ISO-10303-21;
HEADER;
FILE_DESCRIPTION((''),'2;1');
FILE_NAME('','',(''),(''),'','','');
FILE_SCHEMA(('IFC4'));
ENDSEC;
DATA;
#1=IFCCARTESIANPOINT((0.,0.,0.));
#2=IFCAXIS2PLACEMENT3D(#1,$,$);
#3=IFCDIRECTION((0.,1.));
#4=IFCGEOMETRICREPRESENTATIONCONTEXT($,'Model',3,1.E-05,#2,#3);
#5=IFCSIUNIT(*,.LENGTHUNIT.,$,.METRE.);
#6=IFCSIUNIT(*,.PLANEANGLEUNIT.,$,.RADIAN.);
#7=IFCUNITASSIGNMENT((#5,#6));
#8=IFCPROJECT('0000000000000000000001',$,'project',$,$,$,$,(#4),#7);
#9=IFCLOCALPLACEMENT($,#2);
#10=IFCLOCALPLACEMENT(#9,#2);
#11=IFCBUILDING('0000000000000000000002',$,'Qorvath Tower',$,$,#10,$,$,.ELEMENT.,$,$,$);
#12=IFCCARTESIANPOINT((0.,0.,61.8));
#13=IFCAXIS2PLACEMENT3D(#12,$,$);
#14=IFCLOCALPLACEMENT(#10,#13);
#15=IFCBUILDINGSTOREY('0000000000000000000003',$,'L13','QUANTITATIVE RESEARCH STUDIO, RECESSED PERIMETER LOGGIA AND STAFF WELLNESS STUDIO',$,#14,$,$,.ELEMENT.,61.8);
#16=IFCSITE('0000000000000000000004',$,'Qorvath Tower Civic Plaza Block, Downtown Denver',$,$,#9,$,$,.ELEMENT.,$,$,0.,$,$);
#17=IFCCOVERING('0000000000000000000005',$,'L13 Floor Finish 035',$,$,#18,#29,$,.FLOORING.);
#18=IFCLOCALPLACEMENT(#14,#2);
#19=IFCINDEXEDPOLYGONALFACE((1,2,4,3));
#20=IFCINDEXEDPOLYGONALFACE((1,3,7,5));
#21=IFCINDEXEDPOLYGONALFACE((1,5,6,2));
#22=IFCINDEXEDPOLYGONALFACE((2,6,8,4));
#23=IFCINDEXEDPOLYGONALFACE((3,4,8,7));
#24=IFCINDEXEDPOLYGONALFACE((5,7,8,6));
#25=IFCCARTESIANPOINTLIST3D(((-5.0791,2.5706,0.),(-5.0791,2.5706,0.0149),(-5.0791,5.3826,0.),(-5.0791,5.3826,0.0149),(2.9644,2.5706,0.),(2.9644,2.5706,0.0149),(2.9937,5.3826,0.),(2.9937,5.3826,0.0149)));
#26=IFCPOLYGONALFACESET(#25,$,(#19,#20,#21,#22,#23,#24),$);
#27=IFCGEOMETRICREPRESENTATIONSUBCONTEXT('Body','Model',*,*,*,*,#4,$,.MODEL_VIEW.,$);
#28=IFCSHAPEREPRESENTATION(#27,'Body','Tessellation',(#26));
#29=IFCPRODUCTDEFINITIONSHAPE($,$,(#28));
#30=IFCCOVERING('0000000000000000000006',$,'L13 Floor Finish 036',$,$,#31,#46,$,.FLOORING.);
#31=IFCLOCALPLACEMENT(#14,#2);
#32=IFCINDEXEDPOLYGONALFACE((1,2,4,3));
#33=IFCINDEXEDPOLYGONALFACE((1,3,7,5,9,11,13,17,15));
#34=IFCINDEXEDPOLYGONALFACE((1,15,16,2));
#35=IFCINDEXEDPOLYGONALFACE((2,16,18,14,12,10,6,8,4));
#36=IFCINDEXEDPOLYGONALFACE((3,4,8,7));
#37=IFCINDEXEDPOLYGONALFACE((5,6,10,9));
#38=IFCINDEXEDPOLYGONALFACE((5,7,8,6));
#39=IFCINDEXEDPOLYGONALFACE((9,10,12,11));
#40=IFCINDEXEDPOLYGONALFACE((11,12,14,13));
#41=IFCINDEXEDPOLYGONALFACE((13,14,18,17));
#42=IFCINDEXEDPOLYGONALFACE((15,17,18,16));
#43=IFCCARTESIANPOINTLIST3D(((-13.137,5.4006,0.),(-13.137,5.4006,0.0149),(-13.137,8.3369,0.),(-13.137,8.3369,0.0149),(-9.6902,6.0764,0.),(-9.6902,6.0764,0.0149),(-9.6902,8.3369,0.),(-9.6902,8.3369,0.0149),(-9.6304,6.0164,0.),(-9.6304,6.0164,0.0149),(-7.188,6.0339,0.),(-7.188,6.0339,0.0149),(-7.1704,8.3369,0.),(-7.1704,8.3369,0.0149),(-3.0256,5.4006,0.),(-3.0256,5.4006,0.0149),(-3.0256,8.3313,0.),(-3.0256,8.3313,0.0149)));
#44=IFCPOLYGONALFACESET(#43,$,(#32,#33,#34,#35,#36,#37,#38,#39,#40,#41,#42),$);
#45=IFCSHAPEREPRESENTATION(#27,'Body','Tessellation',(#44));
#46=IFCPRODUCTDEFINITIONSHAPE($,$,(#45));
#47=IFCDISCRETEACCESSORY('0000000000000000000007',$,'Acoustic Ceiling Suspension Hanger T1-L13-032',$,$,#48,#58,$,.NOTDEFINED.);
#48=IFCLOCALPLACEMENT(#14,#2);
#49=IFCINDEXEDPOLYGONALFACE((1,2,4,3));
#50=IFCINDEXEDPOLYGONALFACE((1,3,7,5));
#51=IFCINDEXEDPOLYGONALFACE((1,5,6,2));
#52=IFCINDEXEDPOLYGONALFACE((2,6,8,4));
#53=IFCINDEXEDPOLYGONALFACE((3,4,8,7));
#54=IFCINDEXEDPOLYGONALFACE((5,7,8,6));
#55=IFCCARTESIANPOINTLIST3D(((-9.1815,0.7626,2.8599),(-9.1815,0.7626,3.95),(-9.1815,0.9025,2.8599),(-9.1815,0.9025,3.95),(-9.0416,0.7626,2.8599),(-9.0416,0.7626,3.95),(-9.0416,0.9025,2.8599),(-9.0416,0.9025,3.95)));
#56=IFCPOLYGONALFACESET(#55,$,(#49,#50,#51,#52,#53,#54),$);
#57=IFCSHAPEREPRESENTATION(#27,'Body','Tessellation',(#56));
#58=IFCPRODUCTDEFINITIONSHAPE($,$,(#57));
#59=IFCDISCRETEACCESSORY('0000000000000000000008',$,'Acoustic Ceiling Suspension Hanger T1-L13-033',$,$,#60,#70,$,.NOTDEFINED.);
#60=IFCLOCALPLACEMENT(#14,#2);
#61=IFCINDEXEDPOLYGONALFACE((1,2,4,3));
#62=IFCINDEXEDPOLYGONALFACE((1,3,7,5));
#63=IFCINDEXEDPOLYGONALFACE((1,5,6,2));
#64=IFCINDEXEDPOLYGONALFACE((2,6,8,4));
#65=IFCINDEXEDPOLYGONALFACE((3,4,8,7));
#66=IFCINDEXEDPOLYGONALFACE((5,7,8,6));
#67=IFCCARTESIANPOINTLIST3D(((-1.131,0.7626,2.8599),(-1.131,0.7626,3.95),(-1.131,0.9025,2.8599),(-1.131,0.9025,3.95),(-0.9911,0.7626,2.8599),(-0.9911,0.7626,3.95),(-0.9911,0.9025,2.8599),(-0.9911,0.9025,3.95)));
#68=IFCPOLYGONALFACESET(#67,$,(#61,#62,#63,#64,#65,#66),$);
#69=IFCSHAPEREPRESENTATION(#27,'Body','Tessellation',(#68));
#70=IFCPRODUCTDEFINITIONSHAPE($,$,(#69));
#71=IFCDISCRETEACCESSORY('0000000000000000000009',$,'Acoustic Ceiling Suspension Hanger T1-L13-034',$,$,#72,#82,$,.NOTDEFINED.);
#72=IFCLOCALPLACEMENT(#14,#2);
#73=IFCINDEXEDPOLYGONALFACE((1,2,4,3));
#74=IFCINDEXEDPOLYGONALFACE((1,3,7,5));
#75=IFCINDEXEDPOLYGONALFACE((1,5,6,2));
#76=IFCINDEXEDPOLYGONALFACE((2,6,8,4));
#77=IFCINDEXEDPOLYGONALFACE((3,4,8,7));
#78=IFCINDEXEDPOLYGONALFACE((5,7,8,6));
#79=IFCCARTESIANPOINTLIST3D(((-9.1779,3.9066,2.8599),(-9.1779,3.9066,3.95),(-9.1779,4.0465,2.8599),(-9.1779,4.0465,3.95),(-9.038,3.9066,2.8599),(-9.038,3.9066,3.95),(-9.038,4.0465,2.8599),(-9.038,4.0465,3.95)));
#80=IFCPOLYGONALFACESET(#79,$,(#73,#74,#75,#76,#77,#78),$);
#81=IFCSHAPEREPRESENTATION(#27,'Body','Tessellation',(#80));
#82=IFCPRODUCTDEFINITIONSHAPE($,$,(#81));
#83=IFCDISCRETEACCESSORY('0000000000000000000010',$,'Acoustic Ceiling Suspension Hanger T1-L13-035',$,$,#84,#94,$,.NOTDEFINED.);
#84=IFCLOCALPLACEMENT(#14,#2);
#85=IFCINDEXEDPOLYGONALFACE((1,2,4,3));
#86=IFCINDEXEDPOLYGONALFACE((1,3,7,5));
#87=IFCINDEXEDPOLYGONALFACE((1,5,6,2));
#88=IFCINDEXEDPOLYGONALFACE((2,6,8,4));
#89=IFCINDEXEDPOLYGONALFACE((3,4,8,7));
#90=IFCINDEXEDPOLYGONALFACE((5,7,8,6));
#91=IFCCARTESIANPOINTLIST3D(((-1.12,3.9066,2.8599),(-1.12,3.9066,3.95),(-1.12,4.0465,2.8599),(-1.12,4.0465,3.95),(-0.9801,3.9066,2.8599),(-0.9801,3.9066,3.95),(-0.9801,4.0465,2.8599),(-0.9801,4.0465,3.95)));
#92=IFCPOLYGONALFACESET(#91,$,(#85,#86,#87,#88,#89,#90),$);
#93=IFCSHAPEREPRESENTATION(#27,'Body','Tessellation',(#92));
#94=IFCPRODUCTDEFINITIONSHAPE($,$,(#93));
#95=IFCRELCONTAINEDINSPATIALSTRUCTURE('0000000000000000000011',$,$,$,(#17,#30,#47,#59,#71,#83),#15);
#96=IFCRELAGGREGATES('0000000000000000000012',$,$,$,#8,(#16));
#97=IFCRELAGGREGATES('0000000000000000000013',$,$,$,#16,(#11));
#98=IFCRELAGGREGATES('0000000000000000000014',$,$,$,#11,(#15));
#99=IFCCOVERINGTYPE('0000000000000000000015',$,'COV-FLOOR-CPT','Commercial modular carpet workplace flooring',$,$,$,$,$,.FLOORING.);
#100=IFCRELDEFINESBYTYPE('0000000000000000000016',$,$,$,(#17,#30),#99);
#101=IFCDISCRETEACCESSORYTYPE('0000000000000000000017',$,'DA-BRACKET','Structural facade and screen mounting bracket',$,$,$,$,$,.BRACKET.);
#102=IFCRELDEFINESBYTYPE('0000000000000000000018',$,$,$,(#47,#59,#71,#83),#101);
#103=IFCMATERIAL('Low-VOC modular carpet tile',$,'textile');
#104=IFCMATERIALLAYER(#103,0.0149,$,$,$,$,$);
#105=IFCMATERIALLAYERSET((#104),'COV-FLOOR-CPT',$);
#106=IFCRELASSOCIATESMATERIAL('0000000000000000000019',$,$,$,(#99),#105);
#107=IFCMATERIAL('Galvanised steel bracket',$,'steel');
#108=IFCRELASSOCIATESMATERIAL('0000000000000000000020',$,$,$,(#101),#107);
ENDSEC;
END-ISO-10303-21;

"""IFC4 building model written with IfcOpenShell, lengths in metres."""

from ifc_helpers import new_model, si_unit, direction, frame, origin, origin_2d, place, context, subcontext, project, spatial, polyline, rectangle, outline, extrude, material, layer, layer_set, type_object, element, save


model = new_model("IFC4")

# Units and contexts
model_context = context("Model", 3, precision=1e-05, world=origin(), true_north=direction((0.0, 1.0)))
body_context = subcontext(model_context, "Body", "Model", "MODEL_VIEW")
ifc_project = project(units=[si_unit("LENGTHUNIT", "METRE"), si_unit("PLANEANGLEUNIT", "RADIAN")], contexts=[model_context])

# Site, building, storey
site_placement = place(None, origin())
site = spatial("IfcSite", under=ifc_project, at=site_placement, Name="Qorvath Tower Civic Plaza Block, Downtown Denver", CompositionType="ELEMENT", RefElevation=0.0)
building_placement = place(site_placement, origin())
building = spatial("IfcBuilding", under=site, at=building_placement, Name="Qorvath Tower", CompositionType="ELEMENT")
storey_placement = place(building_placement, frame((0.0, 0.0, 61.8)))
storey = spatial("IfcBuildingStorey", under=building, at=storey_placement, Name="L13", Description="QUANTITATIVE RESEARCH STUDIO, RECESSED PERIMETER LOGGIA AND STAFF WELLNESS STUDIO", CompositionType="ELEMENT", Elevation=61.8)

# Coverings
ifc_material_1 = material(Name="Low-VOC modular carpet tile", Category="textile")
ifc_layer_1 = layer(ifc_material_1, 0.0149)
ifc_layer_set_1 = layer_set([ifc_layer_1], Name="COV-FLOOR-CPT")
covering_type_1 = type_object("IfcCoveringType", Name="COV-FLOOR-CPT", Description="Commercial modular carpet workplace flooring", PredefinedType="FLOORING", material=ifc_layer_set_1)
covering_1_placement = place(storey_placement, origin())
element("IfcCovering", 1, at=covering_1_placement, inside=storey, type_object=covering_type_1, Name="L13 Floor Finish 035", PredefinedType="FLOORING", context=body_context, shape_type="SweptSolid", body=[
    extrude(outline(polyline([(-5.0791, 5.3826), (-5.0791, 2.5706), (2.9644, 2.5706), (2.9937, 5.3826), (-5.0791, 5.3826)])), origin(), (0.0, 0.0, 1.0), 0.0149),
])
covering_2_placement = place(storey_placement, origin())
element("IfcCovering", 2, at=covering_2_placement, inside=storey, type_object=covering_type_1, Name="L13 Floor Finish 036", PredefinedType="FLOORING", context=body_context, shape_type="SweptSolid", body=[
    extrude(outline(polyline([(-3.0256, 5.4006), (-3.0256, 8.3313), (-7.1704, 8.3369), (-7.188, 6.0339), (-9.6304, 6.0164), (-9.6902, 6.0764), (-9.6902, 8.3369), (-13.137, 8.3369), (-13.137, 5.4006), (-3.0256, 5.4006)])), origin(), (0.0, 0.0, 1.0), 0.0149),
])

# Discrete accessories
ifc_material_2 = material(Name="Galvanised steel bracket", Category="steel")
discrete_accessory_type = type_object("IfcDiscreteAccessoryType", Name="DA-BRACKET", Description="Structural facade and screen mounting bracket", PredefinedType="BRACKET", material=ifc_material_2)
for number, where, z_axis, x_axis, name in (
    (3, (-9.1116, 0.8325, 2.8599), (0.0, 0.0, 1.0), (1.0, 0.0, 0.0), "Acoustic Ceiling Suspension Hanger T1-L13-032"),
    (4, (-1.061, 0.8325, 2.8599), (0.0, 0.0, 1.0), (1.0, 0.0, 0.0), "Acoustic Ceiling Suspension Hanger T1-L13-033"),
    (5, (-9.1079, 3.9766, 2.8599), (0.0, 0.0, 1.0), (1.0, 0.0, 0.0), "Acoustic Ceiling Suspension Hanger T1-L13-034"),
    (6, (-1.05, 3.9766, 2.8599), (0.0, 0.0, 1.0), (1.0, 0.0, 0.0), "Acoustic Ceiling Suspension Hanger T1-L13-035"),
):
    element("IfcDiscreteAccessory", number, at=place(storey_placement, frame(where, z_axis=z_axis, x_axis=x_axis)), inside=storey, type_object=discrete_accessory_type, Name=name, PredefinedType="NOTDEFINED", context=body_context, shape_type="SweptSolid", body=[
        extrude(rectangle(XDim=0.1399, YDim=0.1399, at=origin_2d()), origin(), (0.0, 0.0, 1.0), 1.0901),
    ])

save(model, "model.ifc")
